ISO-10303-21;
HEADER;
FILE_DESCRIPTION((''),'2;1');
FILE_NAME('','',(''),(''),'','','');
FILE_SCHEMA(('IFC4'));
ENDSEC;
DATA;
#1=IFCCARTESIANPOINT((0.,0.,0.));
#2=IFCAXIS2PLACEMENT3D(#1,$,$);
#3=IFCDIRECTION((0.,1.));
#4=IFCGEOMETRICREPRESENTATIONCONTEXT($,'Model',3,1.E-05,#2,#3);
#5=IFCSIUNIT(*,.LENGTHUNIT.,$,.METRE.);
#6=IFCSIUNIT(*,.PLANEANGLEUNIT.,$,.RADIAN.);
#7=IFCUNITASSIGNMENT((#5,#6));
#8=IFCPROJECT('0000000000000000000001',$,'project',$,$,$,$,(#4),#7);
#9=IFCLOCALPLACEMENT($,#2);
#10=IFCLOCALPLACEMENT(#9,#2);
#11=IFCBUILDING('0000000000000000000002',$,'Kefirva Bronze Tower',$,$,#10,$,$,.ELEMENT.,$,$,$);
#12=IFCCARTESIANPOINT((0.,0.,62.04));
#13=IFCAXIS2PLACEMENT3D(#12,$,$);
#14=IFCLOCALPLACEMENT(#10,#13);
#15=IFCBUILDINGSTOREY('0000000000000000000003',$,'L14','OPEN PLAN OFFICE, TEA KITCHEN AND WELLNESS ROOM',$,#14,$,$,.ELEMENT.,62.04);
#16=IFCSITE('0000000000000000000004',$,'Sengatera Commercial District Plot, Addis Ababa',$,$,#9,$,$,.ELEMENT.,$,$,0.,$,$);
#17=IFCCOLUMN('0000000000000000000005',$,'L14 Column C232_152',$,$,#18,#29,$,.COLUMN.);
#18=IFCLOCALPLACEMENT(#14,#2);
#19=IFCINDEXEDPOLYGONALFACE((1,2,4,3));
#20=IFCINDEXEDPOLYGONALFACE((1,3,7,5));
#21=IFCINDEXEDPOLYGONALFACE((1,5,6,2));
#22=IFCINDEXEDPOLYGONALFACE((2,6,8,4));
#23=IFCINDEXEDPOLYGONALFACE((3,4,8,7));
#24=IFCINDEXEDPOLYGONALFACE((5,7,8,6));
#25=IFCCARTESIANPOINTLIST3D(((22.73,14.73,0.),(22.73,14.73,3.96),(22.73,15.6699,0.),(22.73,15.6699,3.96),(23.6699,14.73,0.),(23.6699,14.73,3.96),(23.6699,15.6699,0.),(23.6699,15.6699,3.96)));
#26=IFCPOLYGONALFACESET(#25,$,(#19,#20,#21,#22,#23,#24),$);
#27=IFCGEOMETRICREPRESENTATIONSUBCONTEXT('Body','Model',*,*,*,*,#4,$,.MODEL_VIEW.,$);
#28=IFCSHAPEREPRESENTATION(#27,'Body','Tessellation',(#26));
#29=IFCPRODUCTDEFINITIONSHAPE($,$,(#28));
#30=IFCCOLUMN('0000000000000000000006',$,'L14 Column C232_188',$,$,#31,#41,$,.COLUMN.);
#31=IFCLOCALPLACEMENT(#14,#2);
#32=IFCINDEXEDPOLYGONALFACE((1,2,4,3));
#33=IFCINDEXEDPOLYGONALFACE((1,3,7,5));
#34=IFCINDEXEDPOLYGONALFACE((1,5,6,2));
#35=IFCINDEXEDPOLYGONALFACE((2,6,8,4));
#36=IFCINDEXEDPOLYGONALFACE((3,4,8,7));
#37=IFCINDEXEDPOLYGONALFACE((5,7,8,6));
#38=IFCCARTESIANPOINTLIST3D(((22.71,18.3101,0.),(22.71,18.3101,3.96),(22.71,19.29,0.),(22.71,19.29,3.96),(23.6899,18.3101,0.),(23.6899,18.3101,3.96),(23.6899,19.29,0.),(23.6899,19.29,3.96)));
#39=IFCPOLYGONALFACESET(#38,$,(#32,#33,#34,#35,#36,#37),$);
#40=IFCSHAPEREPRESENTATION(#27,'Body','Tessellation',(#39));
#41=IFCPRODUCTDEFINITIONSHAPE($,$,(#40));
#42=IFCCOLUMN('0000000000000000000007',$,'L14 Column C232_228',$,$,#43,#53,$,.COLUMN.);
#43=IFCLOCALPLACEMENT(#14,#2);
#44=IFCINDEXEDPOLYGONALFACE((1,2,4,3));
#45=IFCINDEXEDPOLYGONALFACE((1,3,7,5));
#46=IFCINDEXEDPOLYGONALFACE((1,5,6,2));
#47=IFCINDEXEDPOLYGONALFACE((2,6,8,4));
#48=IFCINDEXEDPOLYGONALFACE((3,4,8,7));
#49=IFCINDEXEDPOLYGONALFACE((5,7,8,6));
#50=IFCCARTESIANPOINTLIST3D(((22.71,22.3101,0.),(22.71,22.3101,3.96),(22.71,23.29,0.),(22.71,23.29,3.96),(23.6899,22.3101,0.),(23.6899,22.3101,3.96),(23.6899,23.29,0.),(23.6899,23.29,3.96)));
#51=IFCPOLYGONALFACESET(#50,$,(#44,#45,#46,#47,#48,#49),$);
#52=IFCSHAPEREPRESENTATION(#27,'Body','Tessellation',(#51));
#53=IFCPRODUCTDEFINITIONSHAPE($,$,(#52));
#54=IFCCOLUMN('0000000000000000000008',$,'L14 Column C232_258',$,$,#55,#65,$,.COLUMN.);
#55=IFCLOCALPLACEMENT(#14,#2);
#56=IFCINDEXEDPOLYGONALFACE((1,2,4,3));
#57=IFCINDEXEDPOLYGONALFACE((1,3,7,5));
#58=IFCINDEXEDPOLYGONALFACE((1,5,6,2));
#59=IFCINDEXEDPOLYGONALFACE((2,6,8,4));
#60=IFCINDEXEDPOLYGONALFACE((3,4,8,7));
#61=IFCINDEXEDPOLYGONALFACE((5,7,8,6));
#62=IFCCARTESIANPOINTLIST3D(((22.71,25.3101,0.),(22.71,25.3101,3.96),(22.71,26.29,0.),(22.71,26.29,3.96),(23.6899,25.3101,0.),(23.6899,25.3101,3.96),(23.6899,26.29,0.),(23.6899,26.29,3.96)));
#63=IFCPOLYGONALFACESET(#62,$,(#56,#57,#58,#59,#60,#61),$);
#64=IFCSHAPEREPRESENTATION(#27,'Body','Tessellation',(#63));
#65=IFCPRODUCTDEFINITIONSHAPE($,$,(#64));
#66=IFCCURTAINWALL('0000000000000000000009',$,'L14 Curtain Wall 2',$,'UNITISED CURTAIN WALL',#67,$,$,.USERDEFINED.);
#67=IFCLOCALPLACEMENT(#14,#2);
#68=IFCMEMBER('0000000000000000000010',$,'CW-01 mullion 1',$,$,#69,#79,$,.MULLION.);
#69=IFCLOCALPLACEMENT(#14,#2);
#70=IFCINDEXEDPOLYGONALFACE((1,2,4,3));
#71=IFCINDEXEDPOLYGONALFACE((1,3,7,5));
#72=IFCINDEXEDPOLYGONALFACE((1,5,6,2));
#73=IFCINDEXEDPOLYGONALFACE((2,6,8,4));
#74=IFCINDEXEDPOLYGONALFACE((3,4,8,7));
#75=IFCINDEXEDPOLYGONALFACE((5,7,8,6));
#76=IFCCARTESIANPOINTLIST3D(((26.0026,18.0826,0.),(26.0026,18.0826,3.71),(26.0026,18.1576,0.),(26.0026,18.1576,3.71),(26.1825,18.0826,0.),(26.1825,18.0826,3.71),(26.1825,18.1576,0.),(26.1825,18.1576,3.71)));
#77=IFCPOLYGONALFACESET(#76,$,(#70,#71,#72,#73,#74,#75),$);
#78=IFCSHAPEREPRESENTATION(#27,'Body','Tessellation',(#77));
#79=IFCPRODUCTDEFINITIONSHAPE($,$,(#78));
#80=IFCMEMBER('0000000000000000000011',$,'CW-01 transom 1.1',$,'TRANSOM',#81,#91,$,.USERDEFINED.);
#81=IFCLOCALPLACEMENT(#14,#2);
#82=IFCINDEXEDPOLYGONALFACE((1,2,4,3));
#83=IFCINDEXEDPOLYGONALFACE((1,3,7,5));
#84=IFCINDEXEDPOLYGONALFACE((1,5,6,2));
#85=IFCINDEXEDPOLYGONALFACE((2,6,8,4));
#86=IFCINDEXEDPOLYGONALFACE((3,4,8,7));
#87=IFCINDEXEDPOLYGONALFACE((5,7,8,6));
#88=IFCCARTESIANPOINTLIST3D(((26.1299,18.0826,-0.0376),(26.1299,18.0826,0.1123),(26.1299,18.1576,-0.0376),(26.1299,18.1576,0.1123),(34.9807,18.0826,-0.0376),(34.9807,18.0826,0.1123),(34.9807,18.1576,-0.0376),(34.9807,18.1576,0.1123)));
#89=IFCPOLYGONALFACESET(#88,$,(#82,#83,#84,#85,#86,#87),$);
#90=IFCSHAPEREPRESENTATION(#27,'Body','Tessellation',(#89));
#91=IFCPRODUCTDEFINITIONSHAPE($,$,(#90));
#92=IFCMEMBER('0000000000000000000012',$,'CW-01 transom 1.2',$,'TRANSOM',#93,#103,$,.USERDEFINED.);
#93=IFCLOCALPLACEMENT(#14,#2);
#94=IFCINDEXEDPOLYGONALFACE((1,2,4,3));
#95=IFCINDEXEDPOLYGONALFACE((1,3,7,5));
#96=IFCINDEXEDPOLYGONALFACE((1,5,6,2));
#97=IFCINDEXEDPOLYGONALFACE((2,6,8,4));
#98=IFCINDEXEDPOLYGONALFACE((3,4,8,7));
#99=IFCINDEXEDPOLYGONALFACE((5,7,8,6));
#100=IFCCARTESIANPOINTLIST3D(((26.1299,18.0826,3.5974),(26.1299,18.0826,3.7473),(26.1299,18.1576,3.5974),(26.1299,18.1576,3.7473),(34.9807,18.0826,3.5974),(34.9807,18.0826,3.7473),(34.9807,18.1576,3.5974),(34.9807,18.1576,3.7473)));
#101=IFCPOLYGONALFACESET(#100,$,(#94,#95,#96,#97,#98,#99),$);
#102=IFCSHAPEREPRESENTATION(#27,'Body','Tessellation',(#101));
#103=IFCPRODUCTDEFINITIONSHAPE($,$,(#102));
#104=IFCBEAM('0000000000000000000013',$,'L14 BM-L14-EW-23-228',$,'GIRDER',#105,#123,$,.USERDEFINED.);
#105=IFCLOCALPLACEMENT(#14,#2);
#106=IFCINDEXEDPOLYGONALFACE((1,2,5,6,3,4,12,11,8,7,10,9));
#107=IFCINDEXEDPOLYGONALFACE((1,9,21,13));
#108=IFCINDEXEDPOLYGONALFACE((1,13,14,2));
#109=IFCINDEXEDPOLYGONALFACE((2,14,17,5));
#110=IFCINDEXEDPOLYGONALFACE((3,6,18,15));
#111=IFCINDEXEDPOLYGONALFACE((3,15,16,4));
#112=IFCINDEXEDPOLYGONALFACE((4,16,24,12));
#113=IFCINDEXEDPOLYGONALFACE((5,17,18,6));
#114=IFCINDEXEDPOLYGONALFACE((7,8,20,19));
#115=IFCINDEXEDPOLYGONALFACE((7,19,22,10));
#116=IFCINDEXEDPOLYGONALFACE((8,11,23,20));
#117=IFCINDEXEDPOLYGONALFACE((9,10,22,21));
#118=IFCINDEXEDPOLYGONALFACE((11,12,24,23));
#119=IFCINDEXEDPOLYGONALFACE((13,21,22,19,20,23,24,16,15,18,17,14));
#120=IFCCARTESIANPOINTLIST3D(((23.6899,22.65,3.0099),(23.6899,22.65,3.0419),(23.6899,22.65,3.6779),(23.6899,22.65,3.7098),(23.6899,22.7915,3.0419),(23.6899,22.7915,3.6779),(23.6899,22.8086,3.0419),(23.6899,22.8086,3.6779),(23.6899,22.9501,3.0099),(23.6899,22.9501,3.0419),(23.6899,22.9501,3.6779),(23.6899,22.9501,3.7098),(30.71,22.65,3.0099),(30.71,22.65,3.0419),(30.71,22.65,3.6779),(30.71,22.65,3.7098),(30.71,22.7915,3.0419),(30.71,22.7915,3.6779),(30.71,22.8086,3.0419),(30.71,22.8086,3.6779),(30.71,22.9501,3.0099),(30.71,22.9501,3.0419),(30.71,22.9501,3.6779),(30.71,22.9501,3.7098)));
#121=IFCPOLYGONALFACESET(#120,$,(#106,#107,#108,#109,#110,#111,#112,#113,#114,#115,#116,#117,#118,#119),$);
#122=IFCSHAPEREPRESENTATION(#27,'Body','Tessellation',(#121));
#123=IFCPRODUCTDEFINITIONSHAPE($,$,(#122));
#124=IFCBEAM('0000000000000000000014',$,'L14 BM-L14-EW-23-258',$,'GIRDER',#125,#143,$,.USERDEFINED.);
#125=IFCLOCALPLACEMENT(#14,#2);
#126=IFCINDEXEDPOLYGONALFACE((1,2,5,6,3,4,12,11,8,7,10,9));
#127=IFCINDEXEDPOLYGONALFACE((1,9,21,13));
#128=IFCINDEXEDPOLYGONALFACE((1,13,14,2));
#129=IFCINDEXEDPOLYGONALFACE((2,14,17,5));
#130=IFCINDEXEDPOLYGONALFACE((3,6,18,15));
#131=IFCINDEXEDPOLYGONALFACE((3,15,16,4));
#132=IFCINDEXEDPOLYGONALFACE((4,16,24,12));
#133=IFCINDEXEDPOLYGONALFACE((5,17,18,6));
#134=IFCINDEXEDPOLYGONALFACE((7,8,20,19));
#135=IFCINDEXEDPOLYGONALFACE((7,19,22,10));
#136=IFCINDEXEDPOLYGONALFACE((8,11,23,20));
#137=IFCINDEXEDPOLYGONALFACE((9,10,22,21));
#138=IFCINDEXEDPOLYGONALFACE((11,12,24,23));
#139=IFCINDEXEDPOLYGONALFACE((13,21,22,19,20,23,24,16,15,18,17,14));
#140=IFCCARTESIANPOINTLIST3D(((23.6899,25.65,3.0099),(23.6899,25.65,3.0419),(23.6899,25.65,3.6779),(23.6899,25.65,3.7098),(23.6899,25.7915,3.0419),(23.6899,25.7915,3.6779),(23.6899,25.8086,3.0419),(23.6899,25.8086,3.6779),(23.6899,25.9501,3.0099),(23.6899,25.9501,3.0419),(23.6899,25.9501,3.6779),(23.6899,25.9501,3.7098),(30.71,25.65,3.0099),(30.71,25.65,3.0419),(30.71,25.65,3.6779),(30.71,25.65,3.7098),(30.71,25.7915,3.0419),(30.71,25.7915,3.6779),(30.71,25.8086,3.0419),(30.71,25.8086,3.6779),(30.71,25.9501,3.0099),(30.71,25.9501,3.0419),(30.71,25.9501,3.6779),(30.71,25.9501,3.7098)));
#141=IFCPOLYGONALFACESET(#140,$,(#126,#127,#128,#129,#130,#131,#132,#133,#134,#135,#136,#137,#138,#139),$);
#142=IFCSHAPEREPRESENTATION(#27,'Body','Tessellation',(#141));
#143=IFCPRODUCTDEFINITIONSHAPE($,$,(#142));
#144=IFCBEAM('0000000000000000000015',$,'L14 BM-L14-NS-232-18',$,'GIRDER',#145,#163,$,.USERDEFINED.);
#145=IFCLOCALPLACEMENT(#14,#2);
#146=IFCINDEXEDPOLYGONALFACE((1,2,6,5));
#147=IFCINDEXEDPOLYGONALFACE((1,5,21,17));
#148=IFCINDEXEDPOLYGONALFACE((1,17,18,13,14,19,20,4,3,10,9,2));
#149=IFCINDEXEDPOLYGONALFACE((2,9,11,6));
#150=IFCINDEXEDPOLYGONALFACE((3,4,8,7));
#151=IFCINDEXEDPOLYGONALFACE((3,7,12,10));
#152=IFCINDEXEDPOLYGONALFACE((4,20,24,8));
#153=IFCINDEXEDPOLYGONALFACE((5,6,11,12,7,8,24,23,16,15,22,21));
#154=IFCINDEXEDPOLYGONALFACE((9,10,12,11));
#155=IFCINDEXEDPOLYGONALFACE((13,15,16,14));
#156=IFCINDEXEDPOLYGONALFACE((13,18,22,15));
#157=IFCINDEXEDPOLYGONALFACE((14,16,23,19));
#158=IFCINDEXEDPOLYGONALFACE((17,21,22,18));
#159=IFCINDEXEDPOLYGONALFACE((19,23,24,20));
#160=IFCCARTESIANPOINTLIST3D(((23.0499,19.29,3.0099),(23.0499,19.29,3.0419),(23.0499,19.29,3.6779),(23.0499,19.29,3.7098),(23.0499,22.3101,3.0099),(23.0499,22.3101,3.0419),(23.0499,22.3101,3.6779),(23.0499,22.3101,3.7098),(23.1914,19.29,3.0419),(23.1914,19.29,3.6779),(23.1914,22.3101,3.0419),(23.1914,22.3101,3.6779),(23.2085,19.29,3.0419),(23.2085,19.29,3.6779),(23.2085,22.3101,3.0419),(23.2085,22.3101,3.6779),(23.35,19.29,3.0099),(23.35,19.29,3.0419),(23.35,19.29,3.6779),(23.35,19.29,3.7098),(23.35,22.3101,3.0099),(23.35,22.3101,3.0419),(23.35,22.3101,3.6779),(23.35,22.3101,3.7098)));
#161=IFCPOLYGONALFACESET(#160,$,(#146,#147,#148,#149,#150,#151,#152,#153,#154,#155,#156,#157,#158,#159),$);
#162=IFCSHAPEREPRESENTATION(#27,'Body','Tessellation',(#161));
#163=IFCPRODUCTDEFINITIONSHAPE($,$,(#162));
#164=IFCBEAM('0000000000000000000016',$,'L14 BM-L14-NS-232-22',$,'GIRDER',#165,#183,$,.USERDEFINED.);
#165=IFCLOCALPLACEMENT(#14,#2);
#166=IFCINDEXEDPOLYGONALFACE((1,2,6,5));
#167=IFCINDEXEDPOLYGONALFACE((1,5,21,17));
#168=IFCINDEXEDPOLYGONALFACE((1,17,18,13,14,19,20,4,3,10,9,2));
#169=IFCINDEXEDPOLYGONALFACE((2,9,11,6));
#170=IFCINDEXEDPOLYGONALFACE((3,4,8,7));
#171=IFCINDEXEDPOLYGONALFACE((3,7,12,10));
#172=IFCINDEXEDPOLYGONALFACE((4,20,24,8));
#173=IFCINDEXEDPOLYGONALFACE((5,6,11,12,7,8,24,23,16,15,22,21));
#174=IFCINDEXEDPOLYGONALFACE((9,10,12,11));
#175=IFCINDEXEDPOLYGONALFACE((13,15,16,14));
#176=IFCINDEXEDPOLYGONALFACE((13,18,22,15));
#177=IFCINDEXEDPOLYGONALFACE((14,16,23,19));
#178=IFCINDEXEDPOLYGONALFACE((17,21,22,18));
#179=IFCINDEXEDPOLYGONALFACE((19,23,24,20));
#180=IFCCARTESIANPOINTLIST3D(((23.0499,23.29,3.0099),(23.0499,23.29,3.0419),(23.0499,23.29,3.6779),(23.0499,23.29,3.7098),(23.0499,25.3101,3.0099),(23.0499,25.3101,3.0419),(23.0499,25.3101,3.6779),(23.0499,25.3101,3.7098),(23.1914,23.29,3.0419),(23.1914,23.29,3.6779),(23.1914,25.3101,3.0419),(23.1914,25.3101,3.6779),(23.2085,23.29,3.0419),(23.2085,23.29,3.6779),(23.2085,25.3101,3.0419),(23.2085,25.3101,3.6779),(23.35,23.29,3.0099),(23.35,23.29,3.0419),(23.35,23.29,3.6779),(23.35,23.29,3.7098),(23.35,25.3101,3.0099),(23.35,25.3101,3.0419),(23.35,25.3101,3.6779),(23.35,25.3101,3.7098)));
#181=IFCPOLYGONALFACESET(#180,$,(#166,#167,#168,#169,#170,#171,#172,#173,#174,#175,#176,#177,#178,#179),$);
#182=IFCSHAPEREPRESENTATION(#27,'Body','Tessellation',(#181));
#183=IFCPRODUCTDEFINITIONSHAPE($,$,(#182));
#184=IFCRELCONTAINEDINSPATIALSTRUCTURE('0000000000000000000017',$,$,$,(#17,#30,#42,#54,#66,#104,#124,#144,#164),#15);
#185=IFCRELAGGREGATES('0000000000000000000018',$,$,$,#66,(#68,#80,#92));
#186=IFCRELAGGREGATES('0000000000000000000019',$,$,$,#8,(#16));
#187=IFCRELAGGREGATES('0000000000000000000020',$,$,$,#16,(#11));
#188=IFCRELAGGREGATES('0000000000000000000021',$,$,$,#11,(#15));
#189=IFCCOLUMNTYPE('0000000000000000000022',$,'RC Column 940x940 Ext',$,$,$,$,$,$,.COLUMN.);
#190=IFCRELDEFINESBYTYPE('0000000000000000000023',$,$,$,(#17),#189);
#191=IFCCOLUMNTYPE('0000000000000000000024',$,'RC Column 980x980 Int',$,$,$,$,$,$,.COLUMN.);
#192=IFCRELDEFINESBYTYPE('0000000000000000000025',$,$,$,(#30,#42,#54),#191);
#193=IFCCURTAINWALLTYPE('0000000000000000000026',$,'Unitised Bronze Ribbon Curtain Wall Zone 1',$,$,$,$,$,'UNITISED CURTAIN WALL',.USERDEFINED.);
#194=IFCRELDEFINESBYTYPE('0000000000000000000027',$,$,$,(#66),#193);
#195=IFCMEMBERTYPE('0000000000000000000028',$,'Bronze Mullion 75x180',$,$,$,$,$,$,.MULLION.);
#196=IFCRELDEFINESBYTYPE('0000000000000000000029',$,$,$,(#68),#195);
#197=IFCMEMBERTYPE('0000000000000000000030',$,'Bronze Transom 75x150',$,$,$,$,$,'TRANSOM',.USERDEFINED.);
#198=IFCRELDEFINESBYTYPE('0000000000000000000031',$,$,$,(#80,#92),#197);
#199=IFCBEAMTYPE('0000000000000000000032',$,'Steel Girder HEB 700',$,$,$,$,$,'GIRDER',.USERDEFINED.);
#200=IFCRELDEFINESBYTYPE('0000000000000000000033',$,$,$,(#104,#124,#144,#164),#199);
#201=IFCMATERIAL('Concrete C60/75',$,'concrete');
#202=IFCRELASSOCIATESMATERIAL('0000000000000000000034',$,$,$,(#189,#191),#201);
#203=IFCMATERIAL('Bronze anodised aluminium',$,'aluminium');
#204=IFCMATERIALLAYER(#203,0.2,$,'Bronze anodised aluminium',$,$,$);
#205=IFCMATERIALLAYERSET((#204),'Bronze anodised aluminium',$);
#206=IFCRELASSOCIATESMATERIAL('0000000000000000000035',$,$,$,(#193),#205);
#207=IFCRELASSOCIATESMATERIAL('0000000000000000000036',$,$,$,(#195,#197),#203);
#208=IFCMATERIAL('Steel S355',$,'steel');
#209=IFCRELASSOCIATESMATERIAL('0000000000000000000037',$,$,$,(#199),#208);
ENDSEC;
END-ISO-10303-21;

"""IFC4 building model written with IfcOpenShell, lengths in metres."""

from ifc_helpers import new_model, si_unit, direction, frame, origin, origin_2d, place, context, subcontext, project, spatial, rectangle, i_section, extrude, material, layer, layer_set, material_profile, profile_set, type_object, element, aggregate, save


model = new_model("IFC4")

# Units and contexts
model_context = context("Model", 3, precision=1e-05, world=origin(), true_north=direction((0.0, 1.0)))
body_context = subcontext(model_context, "Body", "Model", "MODEL_VIEW")
ifc_project = project(units=[si_unit("LENGTHUNIT", "METRE"), si_unit("PLANEANGLEUNIT", "RADIAN")], contexts=[model_context])

# Site, building, storey
site_placement = place(None, origin())
site = spatial("IfcSite", under=ifc_project, at=site_placement, Name="Sengatera Commercial District Plot, Addis Ababa", CompositionType="ELEMENT", RefElevation=0.0)
building_placement = place(site_placement, origin())
building = spatial("IfcBuilding", under=site, at=building_placement, Name="Kefirva Bronze Tower", CompositionType="ELEMENT")
storey_placement = place(building_placement, frame((0.0, 0.0, 62.04)))
storey = spatial("IfcBuildingStorey", under=building, at=storey_placement, Name="L14", Description="OPEN PLAN OFFICE, TEA KITCHEN AND WELLNESS ROOM", CompositionType="ELEMENT", Elevation=62.04)

# Columns
ifc_material_1 = material(Name="Concrete C60/75", Category="concrete")
ifc_material_profile_1 = material_profile(ifc_material_1, rectangle(XDim=0.9399, YDim=0.9399, at=origin_2d()), Name="RC 940x940")
ifc_profile_set_1 = profile_set([ifc_material_profile_1], Name="Concrete C60/75")
column_type_1 = type_object("IfcColumnType", Name="RC Column 940x940 Ext", PredefinedType="COLUMN", material=ifc_profile_set_1)
column_placement = place(storey_placement, frame((23.2, 15.2, 0.0), z_axis=(0.0, 0.0, 1.0), x_axis=(1.0, 0.0, 0.0)))
element("IfcColumn", 1, at=column_placement, inside=storey, type_object=column_type_1, Name="L14 Column C232_152", PredefinedType="COLUMN", context=body_context, shape_type="SweptSolid", body=[
    extrude(rectangle(XDim=0.9399, YDim=0.9399, at=origin_2d()), origin(), (0.0, 0.0, 1.0), 3.96),
])
ifc_material_profile_2 = material_profile(ifc_material_1, rectangle(XDim=0.98, YDim=0.98, at=origin_2d()), Name="RC 980x980")
ifc_profile_set_2 = profile_set([ifc_material_profile_2], Name="Concrete C60/75")
column_type_2 = type_object("IfcColumnType", Name="RC Column 980x980 Int", PredefinedType="COLUMN", material=ifc_profile_set_2)
for number, where, z_axis, x_axis, name in (
    (2, (23.2, 18.8, 0.0), (0.0, 0.0, 1.0), (1.0, 0.0, 0.0), "L14 Column C232_188"),
    (3, (23.2, 22.8, 0.0), (0.0, 0.0, 1.0), (1.0, 0.0, 0.0), "L14 Column C232_228"),
    (4, (23.2, 25.8, 0.0), (0.0, 0.0, 1.0), (1.0, 0.0, 0.0), "L14 Column C232_258"),
):
    element("IfcColumn", number, at=place(storey_placement, frame(where, z_axis=z_axis, x_axis=x_axis)), inside=storey, type_object=column_type_2, Name=name, PredefinedType="COLUMN", context=body_context, shape_type="SweptSolid", body=[
        extrude(rectangle(XDim=0.98, YDim=0.98, at=origin_2d()), origin(), (0.0, 0.0, 1.0), 3.96),
    ])

# Curtain wall, members
ifc_material_2 = material(Name="Bronze anodised aluminium", Category="aluminium")
ifc_layer_1 = layer(ifc_material_2, 0.2, Name="Bronze anodised aluminium")
ifc_layer_set_1 = layer_set([ifc_layer_1], Name="Bronze anodised aluminium")
curtain_wall_type = type_object("IfcCurtainWallType", Name="Unitised Bronze Ribbon Curtain Wall Zone 1", ElementType="UNITISED CURTAIN WALL", PredefinedType="USERDEFINED", material=ifc_layer_set_1)
curtain_wall_placement = place(storey_placement, origin())
curtain_wall = element("IfcCurtainWall", 5, at=curtain_wall_placement, inside=storey, type_object=curtain_wall_type, Name="L14 Curtain Wall 2", ObjectType="UNITISED CURTAIN WALL", PredefinedType="USERDEFINED")
ifc_material_profile_3 = material_profile(ifc_material_2, rectangle(XDim=0.075, YDim=0.1799, at=origin_2d()), Name="ALU 75x180")
ifc_profile_set_3 = profile_set([ifc_material_profile_3], Name="Bronze anodised aluminium")
member_type_1 = type_object("IfcMemberType", Name="Bronze Mullion 75x180", PredefinedType="MULLION", material=ifc_profile_set_3)
member_1_placement = place(storey_placement, frame((26.0925, 18.1201, 0.0), z_axis=(0.0, 0.0, 1.0), x_axis=(0.0, 1.0, 0.0)))
member_1 = element("IfcMember", 6, at=member_1_placement, type_object=member_type_1, Name="CW-01 mullion 1", PredefinedType="MULLION", context=body_context, shape_type="SweptSolid", body=[
    extrude(rectangle(XDim=0.075, YDim=0.1799, at=origin_2d()), origin(), (0.0, 0.0, 1.0), 3.71),
])
ifc_material_profile_4 = material_profile(ifc_material_2, rectangle(XDim=0.075, YDim=0.1499, at=origin_2d()), Name="ALU 75x150")
ifc_profile_set_4 = profile_set([ifc_material_profile_4], Name="Bronze anodised aluminium")
member_type_2 = type_object("IfcMemberType", Name="Bronze Transom 75x150", ElementType="TRANSOM", PredefinedType="USERDEFINED", material=ifc_profile_set_4)
member_2_placement = place(storey_placement, frame((26.1299, 18.1201, 0.0374), z_axis=(1.0, 0.0, 0.0), x_axis=(0.0, 1.0, 0.0)))
member_2 = element("IfcMember", 7, at=member_2_placement, type_object=member_type_2, Name="CW-01 transom 1.1", ObjectType="TRANSOM", PredefinedType="USERDEFINED", context=body_context, shape_type="SweptSolid", body=[
    extrude(rectangle(XDim=0.075, YDim=0.1499, at=origin_2d()), origin(), (0.0, 0.0, 1.0), 8.8508),
])
member_3_placement = place(storey_placement, frame((26.1299, 18.1201, 3.6724), z_axis=(1.0, 0.0, 0.0), x_axis=(0.0, 1.0, 0.0)))
member_3 = element("IfcMember", 8, at=member_3_placement, type_object=member_type_2, Name="CW-01 transom 1.2", ObjectType="TRANSOM", PredefinedType="USERDEFINED", context=body_context, shape_type="SweptSolid", body=[
    extrude(rectangle(XDim=0.075, YDim=0.1499, at=origin_2d()), origin(), (0.0, 0.0, 1.0), 8.8508),
])

# Beams
ifc_material_3 = material(Name="Steel S355", Category="steel")
ifc_material_profile_5 = material_profile(ifc_material_3, i_section(OverallWidth=0.3, OverallDepth=0.7, WebThickness=0.0171, FlangeThickness=0.032, at=origin_2d()), Name="HEB 700")
ifc_profile_set_5 = profile_set([ifc_material_profile_5], Name="Steel S355")
beam_type_1 = type_object("IfcBeamType", Name="Steel Girder HEB 700", ElementType="GIRDER", PredefinedType="USERDEFINED", material=ifc_profile_set_5)
for number, where, z_axis, x_axis, name in (
    (9, (23.6899, 22.8, 3.3599), (1.0, 0.0, 0.0), (0.0, 1.0, 0.0), "L14 BM-L14-EW-23-228"),
    (10, (23.6899, 25.8, 3.3599), (1.0, 0.0, 0.0), (0.0, 1.0, 0.0), "L14 BM-L14-EW-23-258"),
):
    element("IfcBeam", number, at=place(storey_placement, frame(where, z_axis=z_axis, x_axis=x_axis)), inside=storey, type_object=beam_type_1, Name=name, ObjectType="GIRDER", PredefinedType="USERDEFINED", context=body_context, shape_type="SweptSolid", body=[
        extrude(i_section(OverallWidth=0.3, OverallDepth=0.7, WebThickness=0.0171, FlangeThickness=0.032, at=origin_2d()), origin(), (0.0, 0.0, 1.0), 7.02),
    ])
beam_1_placement = place(storey_placement, frame((23.2, 19.29, 3.3599), z_axis=(0.0, 1.0, 0.0), x_axis=(-1.0, 0.0, 0.0)))
element("IfcBeam", 11, at=beam_1_placement, inside=storey, type_object=beam_type_1, Name="L14 BM-L14-NS-232-18", ObjectType="GIRDER", PredefinedType="USERDEFINED", context=body_context, shape_type="SweptSolid", body=[
    extrude(i_section(OverallWidth=0.3, OverallDepth=0.7, WebThickness=0.0171, FlangeThickness=0.032, at=origin_2d()), origin(), (0.0, 0.0, 1.0), 3.02),
])
beam_2_placement = place(storey_placement, frame((23.2, 23.29, 3.3599), z_axis=(0.0, 1.0, 0.0), x_axis=(-1.0, 0.0, 0.0)))
element("IfcBeam", 12, at=beam_2_placement, inside=storey, type_object=beam_type_1, Name="L14 BM-L14-NS-232-22", ObjectType="GIRDER", PredefinedType="USERDEFINED", context=body_context, shape_type="SweptSolid", body=[
    extrude(i_section(OverallWidth=0.3, OverallDepth=0.7, WebThickness=0.0171, FlangeThickness=0.032, at=origin_2d()), origin(), (0.0, 0.0, 1.0), 2.02),
])

aggregate(curtain_wall, [member_1, member_2, member_3])

save(model, "model.ifc")
